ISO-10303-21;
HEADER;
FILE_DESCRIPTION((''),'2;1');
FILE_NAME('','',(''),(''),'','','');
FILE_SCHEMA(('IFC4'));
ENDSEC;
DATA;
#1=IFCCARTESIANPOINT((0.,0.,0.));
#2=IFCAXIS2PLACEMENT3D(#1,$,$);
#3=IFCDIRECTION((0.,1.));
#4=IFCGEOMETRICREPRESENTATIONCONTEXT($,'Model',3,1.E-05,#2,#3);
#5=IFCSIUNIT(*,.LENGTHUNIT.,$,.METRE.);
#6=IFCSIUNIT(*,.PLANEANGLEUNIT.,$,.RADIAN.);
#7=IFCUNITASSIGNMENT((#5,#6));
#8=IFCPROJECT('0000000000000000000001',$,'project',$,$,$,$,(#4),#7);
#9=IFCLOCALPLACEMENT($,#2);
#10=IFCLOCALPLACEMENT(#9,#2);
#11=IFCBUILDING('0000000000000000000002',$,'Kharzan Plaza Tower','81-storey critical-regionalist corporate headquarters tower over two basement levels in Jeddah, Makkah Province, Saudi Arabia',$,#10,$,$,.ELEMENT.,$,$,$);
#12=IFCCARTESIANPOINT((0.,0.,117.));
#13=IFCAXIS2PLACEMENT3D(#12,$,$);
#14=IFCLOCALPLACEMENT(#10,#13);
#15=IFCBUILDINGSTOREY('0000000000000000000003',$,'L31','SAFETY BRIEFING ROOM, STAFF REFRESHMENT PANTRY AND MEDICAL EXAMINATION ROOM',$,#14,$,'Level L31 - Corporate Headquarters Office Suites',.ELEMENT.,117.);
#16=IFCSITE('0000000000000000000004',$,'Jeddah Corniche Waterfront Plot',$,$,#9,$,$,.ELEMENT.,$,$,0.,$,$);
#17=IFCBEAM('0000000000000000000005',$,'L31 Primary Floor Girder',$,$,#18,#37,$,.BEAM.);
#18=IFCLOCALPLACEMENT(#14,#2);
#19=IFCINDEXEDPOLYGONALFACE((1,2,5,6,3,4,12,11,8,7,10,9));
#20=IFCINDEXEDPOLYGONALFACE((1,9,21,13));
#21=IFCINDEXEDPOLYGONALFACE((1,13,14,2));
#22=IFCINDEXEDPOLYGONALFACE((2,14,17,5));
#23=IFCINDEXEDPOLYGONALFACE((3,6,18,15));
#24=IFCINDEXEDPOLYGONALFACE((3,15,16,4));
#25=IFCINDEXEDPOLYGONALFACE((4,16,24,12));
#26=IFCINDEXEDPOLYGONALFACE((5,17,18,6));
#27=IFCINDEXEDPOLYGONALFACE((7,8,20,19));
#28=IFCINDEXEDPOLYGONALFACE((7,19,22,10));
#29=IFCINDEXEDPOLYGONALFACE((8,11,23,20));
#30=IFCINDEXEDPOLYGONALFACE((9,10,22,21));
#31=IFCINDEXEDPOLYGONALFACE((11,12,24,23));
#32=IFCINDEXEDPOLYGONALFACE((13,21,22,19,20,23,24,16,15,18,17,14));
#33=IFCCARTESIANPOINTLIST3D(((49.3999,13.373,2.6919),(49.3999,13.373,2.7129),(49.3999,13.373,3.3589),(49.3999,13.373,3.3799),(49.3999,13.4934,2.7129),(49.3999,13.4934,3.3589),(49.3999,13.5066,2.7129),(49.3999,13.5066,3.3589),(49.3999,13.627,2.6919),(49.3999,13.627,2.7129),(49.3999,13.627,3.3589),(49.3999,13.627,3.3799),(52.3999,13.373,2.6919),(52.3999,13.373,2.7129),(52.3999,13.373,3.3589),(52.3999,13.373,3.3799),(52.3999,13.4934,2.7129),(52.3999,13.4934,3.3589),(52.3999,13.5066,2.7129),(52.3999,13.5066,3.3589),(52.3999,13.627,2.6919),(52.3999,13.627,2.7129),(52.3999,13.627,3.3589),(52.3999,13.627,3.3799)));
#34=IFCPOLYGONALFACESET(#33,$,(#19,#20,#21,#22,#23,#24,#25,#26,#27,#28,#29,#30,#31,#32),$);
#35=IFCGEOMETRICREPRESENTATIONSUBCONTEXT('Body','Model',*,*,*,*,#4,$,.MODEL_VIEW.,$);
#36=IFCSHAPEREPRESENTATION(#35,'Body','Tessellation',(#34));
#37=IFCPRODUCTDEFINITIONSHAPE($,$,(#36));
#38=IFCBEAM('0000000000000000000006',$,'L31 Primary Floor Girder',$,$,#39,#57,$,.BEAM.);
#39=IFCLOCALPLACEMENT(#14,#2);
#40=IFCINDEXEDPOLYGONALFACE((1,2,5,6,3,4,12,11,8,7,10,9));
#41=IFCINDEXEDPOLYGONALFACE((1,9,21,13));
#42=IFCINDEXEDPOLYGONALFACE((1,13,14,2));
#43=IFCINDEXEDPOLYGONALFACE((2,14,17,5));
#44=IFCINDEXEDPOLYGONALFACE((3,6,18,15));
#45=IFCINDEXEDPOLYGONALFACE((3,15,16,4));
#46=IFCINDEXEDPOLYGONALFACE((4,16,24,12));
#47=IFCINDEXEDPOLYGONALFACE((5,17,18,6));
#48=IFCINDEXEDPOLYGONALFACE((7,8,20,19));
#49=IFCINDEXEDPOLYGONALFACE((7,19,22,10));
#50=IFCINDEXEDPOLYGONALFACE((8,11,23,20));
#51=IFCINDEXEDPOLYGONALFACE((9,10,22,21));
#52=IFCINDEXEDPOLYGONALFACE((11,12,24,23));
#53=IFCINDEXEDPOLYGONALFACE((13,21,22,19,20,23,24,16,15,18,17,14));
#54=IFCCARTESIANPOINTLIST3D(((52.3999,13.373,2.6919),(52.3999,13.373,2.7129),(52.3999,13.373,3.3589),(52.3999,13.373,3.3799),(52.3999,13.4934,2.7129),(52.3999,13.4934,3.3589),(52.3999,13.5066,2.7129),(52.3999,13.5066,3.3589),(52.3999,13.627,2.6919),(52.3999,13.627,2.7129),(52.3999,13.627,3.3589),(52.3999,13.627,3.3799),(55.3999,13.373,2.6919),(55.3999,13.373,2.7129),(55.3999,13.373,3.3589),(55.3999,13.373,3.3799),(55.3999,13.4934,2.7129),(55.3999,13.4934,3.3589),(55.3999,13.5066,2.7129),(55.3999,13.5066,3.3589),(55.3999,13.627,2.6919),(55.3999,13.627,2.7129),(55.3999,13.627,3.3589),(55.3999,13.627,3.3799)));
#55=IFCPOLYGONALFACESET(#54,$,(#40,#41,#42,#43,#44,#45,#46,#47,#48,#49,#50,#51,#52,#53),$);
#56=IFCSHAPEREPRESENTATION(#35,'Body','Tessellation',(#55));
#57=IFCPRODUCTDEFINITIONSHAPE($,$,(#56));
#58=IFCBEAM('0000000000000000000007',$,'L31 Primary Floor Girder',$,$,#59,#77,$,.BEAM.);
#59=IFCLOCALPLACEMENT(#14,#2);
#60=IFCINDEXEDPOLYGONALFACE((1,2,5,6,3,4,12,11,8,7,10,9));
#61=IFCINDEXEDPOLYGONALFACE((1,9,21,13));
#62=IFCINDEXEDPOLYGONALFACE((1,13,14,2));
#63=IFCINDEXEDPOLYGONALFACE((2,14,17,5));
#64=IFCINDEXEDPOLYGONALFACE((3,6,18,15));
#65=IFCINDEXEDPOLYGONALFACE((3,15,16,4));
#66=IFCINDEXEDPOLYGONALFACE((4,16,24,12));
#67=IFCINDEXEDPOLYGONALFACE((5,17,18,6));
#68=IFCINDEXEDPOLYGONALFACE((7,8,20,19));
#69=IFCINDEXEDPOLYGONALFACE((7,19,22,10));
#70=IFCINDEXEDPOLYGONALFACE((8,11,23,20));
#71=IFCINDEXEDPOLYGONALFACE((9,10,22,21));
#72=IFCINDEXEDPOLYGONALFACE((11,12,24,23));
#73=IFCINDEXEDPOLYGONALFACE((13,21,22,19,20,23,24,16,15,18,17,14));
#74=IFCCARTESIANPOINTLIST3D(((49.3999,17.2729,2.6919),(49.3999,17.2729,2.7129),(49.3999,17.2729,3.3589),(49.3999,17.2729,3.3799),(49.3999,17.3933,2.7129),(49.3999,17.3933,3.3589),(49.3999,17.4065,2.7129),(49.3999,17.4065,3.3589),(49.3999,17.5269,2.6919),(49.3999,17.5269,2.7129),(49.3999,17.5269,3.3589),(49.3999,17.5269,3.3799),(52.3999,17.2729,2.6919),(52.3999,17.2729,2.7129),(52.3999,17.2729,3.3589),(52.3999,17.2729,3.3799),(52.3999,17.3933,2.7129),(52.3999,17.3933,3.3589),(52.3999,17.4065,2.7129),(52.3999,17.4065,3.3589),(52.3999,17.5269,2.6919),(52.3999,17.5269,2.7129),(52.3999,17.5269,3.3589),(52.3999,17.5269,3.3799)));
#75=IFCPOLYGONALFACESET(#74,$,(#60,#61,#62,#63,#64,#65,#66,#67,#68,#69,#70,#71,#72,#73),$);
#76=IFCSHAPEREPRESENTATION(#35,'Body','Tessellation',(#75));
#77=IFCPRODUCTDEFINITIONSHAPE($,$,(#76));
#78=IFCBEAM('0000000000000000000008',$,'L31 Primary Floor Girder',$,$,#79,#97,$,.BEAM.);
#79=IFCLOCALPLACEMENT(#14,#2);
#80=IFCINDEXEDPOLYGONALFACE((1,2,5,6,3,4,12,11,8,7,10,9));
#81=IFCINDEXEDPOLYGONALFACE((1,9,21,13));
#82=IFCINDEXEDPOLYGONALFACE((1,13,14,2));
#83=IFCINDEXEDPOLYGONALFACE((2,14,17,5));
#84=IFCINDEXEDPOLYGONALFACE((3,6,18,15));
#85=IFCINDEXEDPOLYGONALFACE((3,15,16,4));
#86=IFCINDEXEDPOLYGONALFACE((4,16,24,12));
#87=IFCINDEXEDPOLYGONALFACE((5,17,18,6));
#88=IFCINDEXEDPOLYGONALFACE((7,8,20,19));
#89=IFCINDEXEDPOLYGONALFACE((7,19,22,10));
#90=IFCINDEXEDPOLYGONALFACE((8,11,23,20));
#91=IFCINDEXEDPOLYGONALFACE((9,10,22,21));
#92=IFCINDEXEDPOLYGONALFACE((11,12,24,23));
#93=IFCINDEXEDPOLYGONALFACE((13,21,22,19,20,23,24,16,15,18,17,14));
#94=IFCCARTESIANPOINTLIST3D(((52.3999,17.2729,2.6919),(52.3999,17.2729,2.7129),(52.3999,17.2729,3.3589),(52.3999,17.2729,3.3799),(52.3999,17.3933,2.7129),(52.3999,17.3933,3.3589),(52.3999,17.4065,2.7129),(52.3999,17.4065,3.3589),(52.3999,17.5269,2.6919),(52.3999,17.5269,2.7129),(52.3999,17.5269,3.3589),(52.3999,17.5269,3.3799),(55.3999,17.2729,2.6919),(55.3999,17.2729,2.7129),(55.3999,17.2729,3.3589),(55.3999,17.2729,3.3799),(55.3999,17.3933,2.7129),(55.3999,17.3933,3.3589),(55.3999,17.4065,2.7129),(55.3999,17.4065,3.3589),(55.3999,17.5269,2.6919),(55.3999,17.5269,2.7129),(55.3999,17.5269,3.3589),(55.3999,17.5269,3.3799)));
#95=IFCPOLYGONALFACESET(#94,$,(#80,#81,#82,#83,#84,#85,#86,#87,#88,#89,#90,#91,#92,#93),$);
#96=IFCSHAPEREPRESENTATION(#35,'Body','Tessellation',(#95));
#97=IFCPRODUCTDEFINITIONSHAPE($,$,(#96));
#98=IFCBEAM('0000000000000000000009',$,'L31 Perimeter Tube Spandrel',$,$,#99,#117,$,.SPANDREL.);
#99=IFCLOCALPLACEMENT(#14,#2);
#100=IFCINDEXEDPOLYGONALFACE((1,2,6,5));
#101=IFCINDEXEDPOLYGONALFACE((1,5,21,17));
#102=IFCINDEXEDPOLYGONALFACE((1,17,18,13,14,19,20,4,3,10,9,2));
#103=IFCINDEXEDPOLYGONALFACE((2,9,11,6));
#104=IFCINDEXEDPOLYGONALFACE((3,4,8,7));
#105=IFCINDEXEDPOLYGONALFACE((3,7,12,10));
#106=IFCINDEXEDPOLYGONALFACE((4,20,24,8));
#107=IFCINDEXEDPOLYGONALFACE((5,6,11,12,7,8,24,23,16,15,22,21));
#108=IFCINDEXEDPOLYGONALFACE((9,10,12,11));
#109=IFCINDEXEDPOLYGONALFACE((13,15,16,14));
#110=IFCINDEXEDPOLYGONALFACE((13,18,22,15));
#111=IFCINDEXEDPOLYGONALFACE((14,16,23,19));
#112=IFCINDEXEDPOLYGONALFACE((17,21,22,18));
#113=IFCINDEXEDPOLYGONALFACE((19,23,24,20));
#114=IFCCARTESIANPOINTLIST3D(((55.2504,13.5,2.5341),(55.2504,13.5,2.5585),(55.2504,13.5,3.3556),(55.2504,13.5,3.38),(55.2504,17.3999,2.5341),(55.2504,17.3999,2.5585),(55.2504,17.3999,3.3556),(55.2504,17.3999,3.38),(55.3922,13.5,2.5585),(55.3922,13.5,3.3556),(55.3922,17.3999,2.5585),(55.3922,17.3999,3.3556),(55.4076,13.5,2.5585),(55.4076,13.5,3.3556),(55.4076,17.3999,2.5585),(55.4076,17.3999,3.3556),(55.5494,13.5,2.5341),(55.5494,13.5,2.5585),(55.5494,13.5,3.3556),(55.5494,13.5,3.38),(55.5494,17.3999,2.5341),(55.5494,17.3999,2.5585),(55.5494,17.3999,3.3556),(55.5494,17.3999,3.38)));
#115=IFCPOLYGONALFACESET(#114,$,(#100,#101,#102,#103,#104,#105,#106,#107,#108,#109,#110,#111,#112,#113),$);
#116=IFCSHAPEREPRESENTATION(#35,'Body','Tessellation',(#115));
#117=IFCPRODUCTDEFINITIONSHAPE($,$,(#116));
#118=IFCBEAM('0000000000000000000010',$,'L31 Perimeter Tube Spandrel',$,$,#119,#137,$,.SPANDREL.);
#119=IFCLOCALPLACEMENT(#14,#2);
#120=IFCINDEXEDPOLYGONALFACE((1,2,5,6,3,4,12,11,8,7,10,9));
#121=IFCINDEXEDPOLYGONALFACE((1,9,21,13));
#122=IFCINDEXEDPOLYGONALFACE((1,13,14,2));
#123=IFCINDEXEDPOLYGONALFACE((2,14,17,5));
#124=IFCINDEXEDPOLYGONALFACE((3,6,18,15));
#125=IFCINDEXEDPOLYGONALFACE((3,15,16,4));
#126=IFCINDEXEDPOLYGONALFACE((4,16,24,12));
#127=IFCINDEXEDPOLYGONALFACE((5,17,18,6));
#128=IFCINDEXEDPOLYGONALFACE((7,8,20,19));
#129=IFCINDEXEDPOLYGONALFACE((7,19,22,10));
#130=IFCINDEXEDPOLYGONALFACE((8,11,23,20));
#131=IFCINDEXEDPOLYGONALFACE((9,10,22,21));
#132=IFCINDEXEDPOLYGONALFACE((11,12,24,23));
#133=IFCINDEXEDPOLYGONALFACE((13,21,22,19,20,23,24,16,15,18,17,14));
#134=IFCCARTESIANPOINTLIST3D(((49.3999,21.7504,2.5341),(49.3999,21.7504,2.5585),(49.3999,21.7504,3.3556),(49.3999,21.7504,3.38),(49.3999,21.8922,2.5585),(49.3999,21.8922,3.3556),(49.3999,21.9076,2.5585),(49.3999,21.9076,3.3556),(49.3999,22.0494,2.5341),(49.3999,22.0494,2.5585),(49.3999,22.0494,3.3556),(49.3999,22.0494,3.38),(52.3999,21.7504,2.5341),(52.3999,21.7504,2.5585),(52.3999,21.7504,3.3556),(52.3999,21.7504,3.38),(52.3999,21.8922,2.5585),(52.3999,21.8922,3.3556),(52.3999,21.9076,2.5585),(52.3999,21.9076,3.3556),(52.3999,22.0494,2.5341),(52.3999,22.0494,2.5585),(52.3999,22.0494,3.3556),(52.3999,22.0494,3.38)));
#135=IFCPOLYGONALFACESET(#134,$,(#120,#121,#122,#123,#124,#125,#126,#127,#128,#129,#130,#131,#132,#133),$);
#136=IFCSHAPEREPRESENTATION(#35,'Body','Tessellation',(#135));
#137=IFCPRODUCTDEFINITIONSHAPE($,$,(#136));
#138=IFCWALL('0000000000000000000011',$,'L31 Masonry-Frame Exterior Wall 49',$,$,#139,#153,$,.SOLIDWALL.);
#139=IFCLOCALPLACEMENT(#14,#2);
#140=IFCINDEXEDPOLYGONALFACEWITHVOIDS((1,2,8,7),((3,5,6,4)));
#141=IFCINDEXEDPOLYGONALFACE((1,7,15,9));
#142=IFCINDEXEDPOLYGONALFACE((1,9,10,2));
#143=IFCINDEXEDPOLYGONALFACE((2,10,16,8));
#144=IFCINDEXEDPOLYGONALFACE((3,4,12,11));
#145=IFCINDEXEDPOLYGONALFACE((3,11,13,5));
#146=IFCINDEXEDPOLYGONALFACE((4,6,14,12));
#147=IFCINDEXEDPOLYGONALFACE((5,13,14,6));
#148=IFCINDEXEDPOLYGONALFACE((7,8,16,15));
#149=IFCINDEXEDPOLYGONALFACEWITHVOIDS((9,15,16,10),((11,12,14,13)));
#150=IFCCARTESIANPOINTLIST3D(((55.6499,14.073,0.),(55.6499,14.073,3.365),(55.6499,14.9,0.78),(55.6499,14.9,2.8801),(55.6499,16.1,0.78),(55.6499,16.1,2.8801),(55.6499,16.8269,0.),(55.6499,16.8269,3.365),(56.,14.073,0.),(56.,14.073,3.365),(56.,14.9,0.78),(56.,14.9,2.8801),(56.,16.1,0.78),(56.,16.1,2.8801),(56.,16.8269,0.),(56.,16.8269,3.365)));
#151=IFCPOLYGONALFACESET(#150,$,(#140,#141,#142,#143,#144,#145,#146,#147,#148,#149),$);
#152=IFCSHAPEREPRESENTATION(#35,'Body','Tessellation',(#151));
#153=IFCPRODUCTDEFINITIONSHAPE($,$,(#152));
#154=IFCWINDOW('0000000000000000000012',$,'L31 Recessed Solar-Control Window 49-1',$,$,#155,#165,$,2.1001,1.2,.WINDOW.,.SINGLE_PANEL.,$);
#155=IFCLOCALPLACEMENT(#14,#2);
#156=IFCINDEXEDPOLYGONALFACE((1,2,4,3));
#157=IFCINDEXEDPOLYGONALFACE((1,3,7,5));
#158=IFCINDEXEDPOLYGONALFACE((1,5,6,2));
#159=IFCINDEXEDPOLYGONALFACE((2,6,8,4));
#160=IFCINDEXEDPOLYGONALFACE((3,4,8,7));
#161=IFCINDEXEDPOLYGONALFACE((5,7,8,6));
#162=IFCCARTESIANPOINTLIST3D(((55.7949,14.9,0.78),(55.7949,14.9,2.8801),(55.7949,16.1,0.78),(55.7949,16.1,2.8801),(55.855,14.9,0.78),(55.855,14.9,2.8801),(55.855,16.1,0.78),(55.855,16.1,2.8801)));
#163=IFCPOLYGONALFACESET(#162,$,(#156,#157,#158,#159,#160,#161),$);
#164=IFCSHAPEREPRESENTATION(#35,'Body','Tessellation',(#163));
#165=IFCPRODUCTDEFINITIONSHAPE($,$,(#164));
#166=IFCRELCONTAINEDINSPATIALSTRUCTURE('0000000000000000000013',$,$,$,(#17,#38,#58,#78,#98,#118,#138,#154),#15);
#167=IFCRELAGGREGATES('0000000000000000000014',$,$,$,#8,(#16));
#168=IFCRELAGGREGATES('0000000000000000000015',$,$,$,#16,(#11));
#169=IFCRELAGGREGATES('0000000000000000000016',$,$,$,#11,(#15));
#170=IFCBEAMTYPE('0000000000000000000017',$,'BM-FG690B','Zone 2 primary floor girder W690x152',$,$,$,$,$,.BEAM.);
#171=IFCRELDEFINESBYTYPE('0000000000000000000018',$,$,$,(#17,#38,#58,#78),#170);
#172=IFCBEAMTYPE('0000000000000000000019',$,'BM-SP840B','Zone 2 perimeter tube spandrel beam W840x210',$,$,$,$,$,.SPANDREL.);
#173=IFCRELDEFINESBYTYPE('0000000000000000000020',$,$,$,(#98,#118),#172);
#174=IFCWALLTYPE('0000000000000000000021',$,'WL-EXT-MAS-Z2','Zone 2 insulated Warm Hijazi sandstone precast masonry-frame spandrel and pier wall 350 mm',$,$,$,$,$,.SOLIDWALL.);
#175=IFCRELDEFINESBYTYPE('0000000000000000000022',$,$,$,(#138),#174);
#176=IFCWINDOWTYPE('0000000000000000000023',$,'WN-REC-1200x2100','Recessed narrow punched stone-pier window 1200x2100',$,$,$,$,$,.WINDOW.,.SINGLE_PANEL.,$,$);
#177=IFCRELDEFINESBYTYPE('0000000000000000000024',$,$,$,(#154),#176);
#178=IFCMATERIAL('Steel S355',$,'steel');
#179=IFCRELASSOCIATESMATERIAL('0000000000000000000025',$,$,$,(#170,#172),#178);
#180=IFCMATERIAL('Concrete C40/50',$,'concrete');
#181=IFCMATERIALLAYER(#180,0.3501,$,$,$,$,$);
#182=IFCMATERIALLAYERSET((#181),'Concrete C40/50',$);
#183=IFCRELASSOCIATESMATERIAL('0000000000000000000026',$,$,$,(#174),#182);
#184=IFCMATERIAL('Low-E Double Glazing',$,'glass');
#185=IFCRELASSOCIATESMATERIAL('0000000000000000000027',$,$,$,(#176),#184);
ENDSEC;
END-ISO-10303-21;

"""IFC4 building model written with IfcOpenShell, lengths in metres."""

from ifc_helpers import new_model, si_unit, direction, frame, frame_2d, origin, origin_2d, place, context, subcontext, project, spatial, rectangle, i_section, extrude, source, transform, mapped, material, layer, layer_set, material_profile, profile_set, type_object, element, fill, save


model = new_model("IFC4")

# Units and contexts
model_context = context("Model", 3, precision=1e-05, world=origin(), true_north=direction((0.0, 1.0)))
body_context = subcontext(model_context, "Body", "Model", "MODEL_VIEW")
ifc_project = project(units=[si_unit("LENGTHUNIT", "METRE"), si_unit("PLANEANGLEUNIT", "RADIAN")], contexts=[model_context])

# Site, building, storey
site_placement = place(None, origin())
site = spatial("IfcSite", under=ifc_project, at=site_placement, Name="Jeddah Corniche Waterfront Plot", CompositionType="ELEMENT", RefElevation=0.0)
building_placement = place(site_placement, origin())
building = spatial("IfcBuilding", under=site, at=building_placement, Name="Kharzan Plaza Tower", Description="81-storey critical-regionalist corporate headquarters tower over two basement levels in Jeddah, Makkah Province, Saudi Arabia", CompositionType="ELEMENT")
storey_placement = place(building_placement, frame((0.0, 0.0, 117.0)))
storey = spatial("IfcBuildingStorey", under=building, at=storey_placement, Name="L31", Description="SAFETY BRIEFING ROOM, STAFF REFRESHMENT PANTRY AND MEDICAL EXAMINATION ROOM", LongName="Level L31 - Corporate Headquarters Office Suites", CompositionType="ELEMENT", Elevation=117.0)

# Beams
ifc_material_1 = material(Name="Steel S355", Category="steel")
ifc_material_profile_1 = material_profile(ifc_material_1, i_section(OverallWidth=0.2539, OverallDepth=0.688, WebThickness=0.0132, FlangeThickness=0.021, at=origin_2d()), Name="W690x152")
ifc_profile_set_1 = profile_set([ifc_material_profile_1], Name="Steel S355")
beam_type_1 = type_object("IfcBeamType", Name="BM-FG690B", Description="Zone 2 primary floor girder W690x152", PredefinedType="BEAM", material=ifc_profile_set_1)
shared_shape_1 = source(origin(), body_context, "Body", "SweptSolid", [
    extrude(i_section(OverallWidth=0.2539, OverallDepth=0.688, WebThickness=0.0132, FlangeThickness=0.021, at=origin_2d()), origin(), (0.0, 0.0, 1.0), 3.0),
])
for number, where, z_axis, x_axis, name in (
    (1, (49.3999, 13.5, 3.0359), (1.0, 0.0, 0.0), (0.0, 1.0, 0.0), "L31 Primary Floor Girder"),
    (2, (52.3999, 13.5, 3.0359), (1.0, 0.0, 0.0), (0.0, 1.0, 0.0), "L31 Primary Floor Girder"),
    (3, (49.3999, 17.3999, 3.0359), (1.0, 0.0, 0.0), (0.0, 1.0, 0.0), "L31 Primary Floor Girder"),
    (4, (52.3999, 17.3999, 3.0359), (1.0, 0.0, 0.0), (0.0, 1.0, 0.0), "L31 Primary Floor Girder"),
):
    element("IfcBeam", number, at=place(storey_placement, frame(where, z_axis=z_axis, x_axis=x_axis)), inside=storey, type_object=beam_type_1, Name=name, PredefinedType="BEAM", context=body_context, shape_type="MappedRepresentation", body=[
        mapped(shared_shape_1, transform((0.0, 0.0, 0.0), x_axis=(1.0, 0.0, 0.0), y_axis=(0.0, 1.0, 0.0), z_axis=(0.0, 0.0, 1.0))),
    ])
ifc_material_profile_2 = material_profile(ifc_material_1, i_section(OverallWidth=0.2991, OverallDepth=0.8459, WebThickness=0.0154, FlangeThickness=0.0244, at=origin_2d()), Name="W840x210")
ifc_profile_set_2 = profile_set([ifc_material_profile_2], Name="Steel S355")
beam_type_2 = type_object("IfcBeamType", Name="BM-SP840B", Description="Zone 2 perimeter tube spandrel beam W840x210", PredefinedType="SPANDREL", material=ifc_profile_set_2)
shared_shape_2 = source(origin(), body_context, "Body", "SweptSolid", [
    extrude(i_section(OverallWidth=0.2991, OverallDepth=0.8459, WebThickness=0.0154, FlangeThickness=0.0244, at=origin_2d()), origin(), (0.0, 0.0, 1.0), 3.8999),
])
beam_1_placement = place(storey_placement, frame((55.3999, 13.5, 2.957), z_axis=(0.0, 1.0, 0.0), x_axis=(-1.0, 0.0, 0.0)))
element("IfcBeam", 5, at=beam_1_placement, inside=storey, type_object=beam_type_2, Name="L31 Perimeter Tube Spandrel", PredefinedType="SPANDREL", context=body_context, shape_type="MappedRepresentation", body=[
    mapped(shared_shape_2, transform((0.0, 0.0, 0.0), x_axis=(1.0, 0.0, 0.0), y_axis=(0.0, 1.0, 0.0), z_axis=(0.0, 0.0, 1.0))),
])
shared_shape_3 = source(origin(), body_context, "Body", "SweptSolid", [
    extrude(i_section(OverallWidth=0.2991, OverallDepth=0.8459, WebThickness=0.0154, FlangeThickness=0.0244, at=origin_2d()), origin(), (0.0, 0.0, 1.0), 3.0),
])
beam_2_placement = place(storey_placement, frame((49.3999, 21.8999, 2.957), z_axis=(1.0, 0.0, 0.0), x_axis=(0.0, 1.0, 0.0)))
element("IfcBeam", 6, at=beam_2_placement, inside=storey, type_object=beam_type_2, Name="L31 Perimeter Tube Spandrel", PredefinedType="SPANDREL", context=body_context, shape_type="MappedRepresentation", body=[
    mapped(shared_shape_3, transform((0.0, 0.0, 0.0), x_axis=(1.0, 0.0, 0.0), y_axis=(0.0, 1.0, 0.0), z_axis=(0.0, 0.0, 1.0))),
])

# Wall, opening, window
ifc_material_2 = material(Name="Concrete C40/50", Category="concrete")
ifc_layer = layer(ifc_material_2, 0.3501)
ifc_layer_set = layer_set([ifc_layer], Name="Concrete C40/50")
wall_type = type_object("IfcWallType", Name="WL-EXT-MAS-Z2", Description="Zone 2 insulated Warm Hijazi sandstone precast masonry-frame spandrel and pier wall 350 mm", PredefinedType="SOLIDWALL", material=ifc_layer_set)
wall_1_placement = place(storey_placement, frame((55.825, 14.073, 0.0), z_axis=(0.0, 0.0, 1.0), x_axis=(0.0, 1.0, 0.0)))
wall_1 = element("IfcWall", 7, at=wall_1_placement, inside=storey, type_object=wall_type, Name="L31 Masonry-Frame Exterior Wall 49", PredefinedType="SOLIDWALL", context=body_context, shape_type="SweptSolid", body=[
    extrude(rectangle(XDim=2.7539, YDim=0.3501, at=frame_2d((1.377, 0.0))), origin(), (0.0, 0.0, 1.0), 3.365),
])
opening_1_placement = place(wall_1_placement, frame((0.8269, 0.0, 0.78)))
opening_1 = element("IfcOpeningElement", 8, at=opening_1_placement, cuts=wall_1, PredefinedType="OPENING", context=body_context, shape_type="SweptSolid", body=[
    extrude(rectangle(XDim=1.2, YDim=2.1001, at=frame_2d((0.6001, 1.05))), frame((0.0, 0.1851, 0.0), z_axis=(0.0, -1.0, 0.0), x_axis=(1.0, 0.0, 0.0)), (0.0, 0.0, 1.0), 0.3701),
])
ifc_material_3 = material(Name="Low-E Double Glazing", Category="glass")
window_type_1 = type_object("IfcWindowType", Name="WN-REC-1200x2100", Description="Recessed narrow punched stone-pier window 1200x2100", PartitioningType="SINGLE_PANEL", PredefinedType="WINDOW", material=ifc_material_3)
shared_shape_4 = source(origin(), body_context, "Body", "SweptSolid", [
    extrude(rectangle(XDim=1.2, YDim=2.1001, at=frame_2d((0.6001, 1.05))), frame((0.0, 0.03, 0.0), z_axis=(0.0, -1.0, 0.0), x_axis=(1.0, 0.0, 0.0)), (0.0, 0.0, 1.0), 0.0601),
])
window_1_placement = place(opening_1_placement, origin())
window_1 = element("IfcWindow", 9, at=window_1_placement, inside=storey, type_object=window_type_1, Name="L31 Recessed Solar-Control Window 49-1", OverallHeight=2.1001, OverallWidth=1.2, PartitioningType="SINGLE_PANEL", PredefinedType="WINDOW", context=body_context, shape_type="MappedRepresentation", body=[
    mapped(shared_shape_4, transform((0.0, 0.0, 0.0), x_axis=(1.0, 0.0, 0.0), y_axis=(0.0, 1.0, 0.0), z_axis=(0.0, 0.0, 1.0))),
])
fill(opening_1, window_1)

save(model, "model.ifc")
